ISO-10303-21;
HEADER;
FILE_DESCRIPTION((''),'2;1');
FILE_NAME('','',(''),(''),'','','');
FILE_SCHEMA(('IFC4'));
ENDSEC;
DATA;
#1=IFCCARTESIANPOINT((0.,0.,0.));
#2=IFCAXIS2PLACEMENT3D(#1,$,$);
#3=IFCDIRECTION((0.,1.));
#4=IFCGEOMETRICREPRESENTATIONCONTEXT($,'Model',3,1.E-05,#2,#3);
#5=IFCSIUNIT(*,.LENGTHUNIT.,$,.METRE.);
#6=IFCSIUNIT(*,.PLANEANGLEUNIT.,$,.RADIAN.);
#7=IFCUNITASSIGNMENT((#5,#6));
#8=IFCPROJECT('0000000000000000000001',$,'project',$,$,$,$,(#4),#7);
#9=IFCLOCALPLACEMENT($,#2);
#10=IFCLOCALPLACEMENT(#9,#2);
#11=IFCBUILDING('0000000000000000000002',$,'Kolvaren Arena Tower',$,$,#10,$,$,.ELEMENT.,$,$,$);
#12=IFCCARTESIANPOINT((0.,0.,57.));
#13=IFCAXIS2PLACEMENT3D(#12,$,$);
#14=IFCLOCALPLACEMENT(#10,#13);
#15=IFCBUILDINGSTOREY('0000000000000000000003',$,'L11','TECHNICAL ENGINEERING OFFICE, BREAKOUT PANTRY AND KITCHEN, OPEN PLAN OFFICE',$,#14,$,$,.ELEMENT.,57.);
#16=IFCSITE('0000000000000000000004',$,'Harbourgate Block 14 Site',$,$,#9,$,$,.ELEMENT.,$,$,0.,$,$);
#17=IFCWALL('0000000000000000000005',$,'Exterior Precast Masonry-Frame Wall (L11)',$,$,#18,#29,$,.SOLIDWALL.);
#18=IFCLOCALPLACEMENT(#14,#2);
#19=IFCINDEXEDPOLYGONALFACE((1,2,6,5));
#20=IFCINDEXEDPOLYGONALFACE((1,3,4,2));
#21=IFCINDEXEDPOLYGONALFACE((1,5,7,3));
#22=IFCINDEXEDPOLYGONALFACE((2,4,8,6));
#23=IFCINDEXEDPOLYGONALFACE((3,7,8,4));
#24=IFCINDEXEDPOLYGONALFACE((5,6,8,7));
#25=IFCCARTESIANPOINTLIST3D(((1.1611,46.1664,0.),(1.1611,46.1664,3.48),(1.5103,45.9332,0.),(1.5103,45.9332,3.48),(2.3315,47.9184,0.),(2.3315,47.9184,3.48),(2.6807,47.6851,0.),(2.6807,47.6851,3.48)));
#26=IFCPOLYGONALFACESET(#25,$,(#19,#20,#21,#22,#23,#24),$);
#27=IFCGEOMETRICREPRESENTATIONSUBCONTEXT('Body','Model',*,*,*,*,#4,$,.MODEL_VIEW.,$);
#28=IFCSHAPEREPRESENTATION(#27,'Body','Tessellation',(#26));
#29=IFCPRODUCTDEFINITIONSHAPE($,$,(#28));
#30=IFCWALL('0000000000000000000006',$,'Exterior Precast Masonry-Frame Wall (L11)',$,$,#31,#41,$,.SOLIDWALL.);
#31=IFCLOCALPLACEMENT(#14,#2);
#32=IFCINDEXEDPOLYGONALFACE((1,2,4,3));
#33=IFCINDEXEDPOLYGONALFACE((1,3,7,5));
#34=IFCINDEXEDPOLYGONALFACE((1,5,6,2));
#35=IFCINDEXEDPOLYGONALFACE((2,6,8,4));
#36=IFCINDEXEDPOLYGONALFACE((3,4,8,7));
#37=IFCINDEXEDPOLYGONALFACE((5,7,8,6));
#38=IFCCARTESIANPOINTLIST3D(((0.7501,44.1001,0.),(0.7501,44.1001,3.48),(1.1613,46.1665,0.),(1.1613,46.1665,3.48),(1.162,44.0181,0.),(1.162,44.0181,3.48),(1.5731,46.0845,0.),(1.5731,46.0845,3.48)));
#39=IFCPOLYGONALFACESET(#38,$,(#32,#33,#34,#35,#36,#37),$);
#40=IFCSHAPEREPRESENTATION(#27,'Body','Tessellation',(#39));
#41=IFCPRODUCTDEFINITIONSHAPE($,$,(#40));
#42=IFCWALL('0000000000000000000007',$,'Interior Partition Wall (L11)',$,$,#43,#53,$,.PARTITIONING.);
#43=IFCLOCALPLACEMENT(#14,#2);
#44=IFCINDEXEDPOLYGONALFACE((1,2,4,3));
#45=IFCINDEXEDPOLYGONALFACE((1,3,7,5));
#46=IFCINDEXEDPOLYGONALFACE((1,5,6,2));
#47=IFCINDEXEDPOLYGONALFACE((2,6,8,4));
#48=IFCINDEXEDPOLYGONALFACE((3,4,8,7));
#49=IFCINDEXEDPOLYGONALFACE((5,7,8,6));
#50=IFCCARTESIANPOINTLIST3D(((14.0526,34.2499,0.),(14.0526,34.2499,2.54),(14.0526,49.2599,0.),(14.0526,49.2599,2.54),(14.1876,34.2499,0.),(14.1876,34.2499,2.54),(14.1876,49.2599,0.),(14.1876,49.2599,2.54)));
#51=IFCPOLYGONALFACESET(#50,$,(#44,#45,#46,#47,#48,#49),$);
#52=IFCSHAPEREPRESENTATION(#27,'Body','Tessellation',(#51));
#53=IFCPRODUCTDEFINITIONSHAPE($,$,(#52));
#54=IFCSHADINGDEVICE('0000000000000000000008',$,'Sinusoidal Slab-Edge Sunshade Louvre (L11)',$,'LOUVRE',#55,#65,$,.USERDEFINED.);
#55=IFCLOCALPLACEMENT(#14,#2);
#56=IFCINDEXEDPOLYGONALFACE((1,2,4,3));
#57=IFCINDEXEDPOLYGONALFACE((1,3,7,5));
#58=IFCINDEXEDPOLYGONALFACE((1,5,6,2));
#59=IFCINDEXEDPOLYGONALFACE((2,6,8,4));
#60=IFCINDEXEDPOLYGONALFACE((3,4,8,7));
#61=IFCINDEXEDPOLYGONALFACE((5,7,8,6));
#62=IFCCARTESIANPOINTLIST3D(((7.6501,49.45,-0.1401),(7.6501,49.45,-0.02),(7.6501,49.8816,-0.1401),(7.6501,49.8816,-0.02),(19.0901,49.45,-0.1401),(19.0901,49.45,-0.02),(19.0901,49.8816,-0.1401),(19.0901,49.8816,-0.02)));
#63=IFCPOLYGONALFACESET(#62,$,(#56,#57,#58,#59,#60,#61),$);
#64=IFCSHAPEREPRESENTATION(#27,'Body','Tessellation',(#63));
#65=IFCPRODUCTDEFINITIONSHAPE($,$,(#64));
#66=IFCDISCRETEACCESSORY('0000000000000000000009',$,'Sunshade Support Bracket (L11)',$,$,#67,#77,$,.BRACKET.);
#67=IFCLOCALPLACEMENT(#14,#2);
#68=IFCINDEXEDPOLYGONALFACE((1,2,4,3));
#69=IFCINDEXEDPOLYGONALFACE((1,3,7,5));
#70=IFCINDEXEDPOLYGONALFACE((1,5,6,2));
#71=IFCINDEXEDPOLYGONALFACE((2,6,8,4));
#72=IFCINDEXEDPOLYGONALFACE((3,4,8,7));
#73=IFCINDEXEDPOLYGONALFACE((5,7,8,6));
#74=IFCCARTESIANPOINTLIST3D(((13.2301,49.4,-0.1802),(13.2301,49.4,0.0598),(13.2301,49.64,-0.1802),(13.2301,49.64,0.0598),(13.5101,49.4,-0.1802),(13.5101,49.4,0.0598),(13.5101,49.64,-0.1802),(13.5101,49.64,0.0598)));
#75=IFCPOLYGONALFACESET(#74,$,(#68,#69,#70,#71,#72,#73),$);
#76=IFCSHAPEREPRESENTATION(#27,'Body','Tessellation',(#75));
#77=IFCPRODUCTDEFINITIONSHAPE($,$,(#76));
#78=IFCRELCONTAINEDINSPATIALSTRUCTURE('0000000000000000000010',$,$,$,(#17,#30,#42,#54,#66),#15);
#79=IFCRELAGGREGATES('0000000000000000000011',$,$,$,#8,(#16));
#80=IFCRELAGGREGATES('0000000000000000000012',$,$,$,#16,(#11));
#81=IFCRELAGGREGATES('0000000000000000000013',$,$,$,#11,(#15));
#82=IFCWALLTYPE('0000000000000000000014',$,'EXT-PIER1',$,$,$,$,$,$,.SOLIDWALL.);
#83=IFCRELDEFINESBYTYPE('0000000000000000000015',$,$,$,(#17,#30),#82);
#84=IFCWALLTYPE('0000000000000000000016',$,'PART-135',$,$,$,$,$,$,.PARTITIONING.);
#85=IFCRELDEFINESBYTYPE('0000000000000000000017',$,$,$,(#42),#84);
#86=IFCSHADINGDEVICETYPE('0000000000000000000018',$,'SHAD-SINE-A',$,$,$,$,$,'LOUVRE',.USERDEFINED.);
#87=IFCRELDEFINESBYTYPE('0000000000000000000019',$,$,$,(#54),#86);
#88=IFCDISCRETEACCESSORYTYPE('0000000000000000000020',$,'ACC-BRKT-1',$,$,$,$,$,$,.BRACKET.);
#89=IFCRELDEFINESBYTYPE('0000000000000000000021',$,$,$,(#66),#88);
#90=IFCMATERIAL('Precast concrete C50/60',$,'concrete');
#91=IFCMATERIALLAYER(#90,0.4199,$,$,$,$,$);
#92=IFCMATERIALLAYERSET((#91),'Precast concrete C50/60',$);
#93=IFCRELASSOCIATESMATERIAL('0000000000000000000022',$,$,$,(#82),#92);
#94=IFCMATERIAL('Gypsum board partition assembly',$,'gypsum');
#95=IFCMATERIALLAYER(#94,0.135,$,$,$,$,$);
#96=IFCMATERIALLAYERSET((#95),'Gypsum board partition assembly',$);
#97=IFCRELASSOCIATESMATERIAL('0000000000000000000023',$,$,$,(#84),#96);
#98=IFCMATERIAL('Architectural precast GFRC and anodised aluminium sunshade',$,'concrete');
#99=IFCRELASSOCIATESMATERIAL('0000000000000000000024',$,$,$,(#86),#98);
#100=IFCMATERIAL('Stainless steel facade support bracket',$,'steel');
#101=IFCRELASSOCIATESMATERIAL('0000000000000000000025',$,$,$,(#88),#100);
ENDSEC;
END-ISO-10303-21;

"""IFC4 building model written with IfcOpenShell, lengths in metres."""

from ifc_helpers import new_model, si_unit, direction, frame, frame_2d, origin, origin_2d, place, context, subcontext, project, spatial, rectangle, extrude, material, layer, layer_set, type_object, element, save


model = new_model("IFC4")

# Units and contexts
model_context = context("Model", 3, precision=1e-05, world=origin(), true_north=direction((0.0, 1.0)))
body_context = subcontext(model_context, "Body", "Model", "MODEL_VIEW")
ifc_project = project(units=[si_unit("LENGTHUNIT", "METRE"), si_unit("PLANEANGLEUNIT", "RADIAN")], contexts=[model_context])

# Site, building, storey
site_placement = place(None, origin())
site = spatial("IfcSite", under=ifc_project, at=site_placement, Name="Harbourgate Block 14 Site", CompositionType="ELEMENT", RefElevation=0.0)
building_placement = place(site_placement, origin())
building = spatial("IfcBuilding", under=site, at=building_placement, Name="Kolvaren Arena Tower", CompositionType="ELEMENT")
storey_placement = place(building_placement, frame((0.0, 0.0, 57.0)))
storey = spatial("IfcBuildingStorey", under=building, at=storey_placement, Name="L11", Description="TECHNICAL ENGINEERING OFFICE, BREAKOUT PANTRY AND KITCHEN, OPEN PLAN OFFICE", CompositionType="ELEMENT", Elevation=57.0)

# Shared definitions
ifc_material_1 = material(Name="Precast concrete C50/60", Category="concrete")
ifc_layer_1 = layer(ifc_material_1, 0.4199)
ifc_layer_set_1 = layer_set([ifc_layer_1], Name="Precast concrete C50/60")
wall_type_1 = type_object("IfcWallType", Name="EXT-PIER1", PredefinedType="SOLIDWALL", material=ifc_layer_set_1)

# Walls
for number, where, z_axis, x_axis, name in (
    (1, (1.3357, 46.0498, 0.0), (0.0, 0.0, 1.0), (0.555502, 0.831515, 0.0), "Exterior Precast Masonry-Frame Wall (L11)"),
    (2, (0.9561, 44.0591, 0.0), (0.0, 0.0, 1.0), (0.195136, 0.980776, 0.0), "Exterior Precast Masonry-Frame Wall (L11)"),
):
    element("IfcWall", number, at=place(storey_placement, frame(where, z_axis=z_axis, x_axis=x_axis)), inside=storey, type_object=wall_type_1, Name=name, PredefinedType="SOLIDWALL", context=body_context, shape_type="SweptSolid", body=[
        extrude(rectangle(XDim=2.1069, YDim=0.4199, at=frame_2d((1.0535, 0.0))), origin(), (0.0, 0.0, 1.0), 3.48),
    ])
ifc_material_2 = material(Name="Gypsum board partition assembly", Category="gypsum")
ifc_layer_2 = layer(ifc_material_2, 0.135)
ifc_layer_set_2 = layer_set([ifc_layer_2], Name="Gypsum board partition assembly")
wall_type_2 = type_object("IfcWallType", Name="PART-135", PredefinedType="PARTITIONING", material=ifc_layer_set_2)
wall_1_placement = place(storey_placement, frame((14.1201, 34.25, 0.0), z_axis=(0.0, 0.0, 1.0), x_axis=(0.0, 1.0, 0.0)))
element("IfcWall", 3, at=wall_1_placement, inside=storey, type_object=wall_type_2, Name="Interior Partition Wall (L11)", PredefinedType="PARTITIONING", context=body_context, shape_type="SweptSolid", body=[
    extrude(rectangle(XDim=15.01, YDim=0.135, at=frame_2d((7.5049, 0.0))), origin(), (0.0, 0.0, 1.0), 2.54),
])

# Shading device
ifc_material_3 = material(Name="Architectural precast GFRC and anodised aluminium sunshade", Category="concrete")
shading_device_type = type_object("IfcShadingDeviceType", Name="SHAD-SINE-A", ElementType="LOUVRE", PredefinedType="USERDEFINED", material=ifc_material_3)
shading_device_placement = place(storey_placement, frame((13.3701, 49.6658, -0.1401), z_axis=(0.0, 0.0, 1.0), x_axis=(1.0, 0.0, 0.0)))
element("IfcShadingDevice", 4, at=shading_device_placement, inside=storey, type_object=shading_device_type, Name="Sinusoidal Slab-Edge Sunshade Louvre (L11)", ObjectType="LOUVRE", PredefinedType="USERDEFINED", context=body_context, shape_type="SweptSolid", body=[
    extrude(rectangle(XDim=11.4399, YDim=0.4316, at=origin_2d()), origin(), (0.0, 0.0, 1.0), 0.1201),
])

# Discrete accessory
ifc_material_4 = material(Name="Stainless steel facade support bracket", Category="steel")
discrete_accessory_type = type_object("IfcDiscreteAccessoryType", Name="ACC-BRKT-1", PredefinedType="BRACKET", material=ifc_material_4)
discrete_accessory_placement = place(storey_placement, frame((13.3701, 49.52, -0.1802), z_axis=(0.0, 0.0, 1.0), x_axis=(1.0, 0.0, 0.0)))
element("IfcDiscreteAccessory", 5, at=discrete_accessory_placement, inside=storey, type_object=discrete_accessory_type, Name="Sunshade Support Bracket (L11)", PredefinedType="BRACKET", context=body_context, shape_type="SweptSolid", body=[
    extrude(rectangle(XDim=0.28, YDim=0.24, at=origin_2d()), origin(), (0.0, 0.0, 1.0), 0.24),
])

save(model, "model.ifc")
